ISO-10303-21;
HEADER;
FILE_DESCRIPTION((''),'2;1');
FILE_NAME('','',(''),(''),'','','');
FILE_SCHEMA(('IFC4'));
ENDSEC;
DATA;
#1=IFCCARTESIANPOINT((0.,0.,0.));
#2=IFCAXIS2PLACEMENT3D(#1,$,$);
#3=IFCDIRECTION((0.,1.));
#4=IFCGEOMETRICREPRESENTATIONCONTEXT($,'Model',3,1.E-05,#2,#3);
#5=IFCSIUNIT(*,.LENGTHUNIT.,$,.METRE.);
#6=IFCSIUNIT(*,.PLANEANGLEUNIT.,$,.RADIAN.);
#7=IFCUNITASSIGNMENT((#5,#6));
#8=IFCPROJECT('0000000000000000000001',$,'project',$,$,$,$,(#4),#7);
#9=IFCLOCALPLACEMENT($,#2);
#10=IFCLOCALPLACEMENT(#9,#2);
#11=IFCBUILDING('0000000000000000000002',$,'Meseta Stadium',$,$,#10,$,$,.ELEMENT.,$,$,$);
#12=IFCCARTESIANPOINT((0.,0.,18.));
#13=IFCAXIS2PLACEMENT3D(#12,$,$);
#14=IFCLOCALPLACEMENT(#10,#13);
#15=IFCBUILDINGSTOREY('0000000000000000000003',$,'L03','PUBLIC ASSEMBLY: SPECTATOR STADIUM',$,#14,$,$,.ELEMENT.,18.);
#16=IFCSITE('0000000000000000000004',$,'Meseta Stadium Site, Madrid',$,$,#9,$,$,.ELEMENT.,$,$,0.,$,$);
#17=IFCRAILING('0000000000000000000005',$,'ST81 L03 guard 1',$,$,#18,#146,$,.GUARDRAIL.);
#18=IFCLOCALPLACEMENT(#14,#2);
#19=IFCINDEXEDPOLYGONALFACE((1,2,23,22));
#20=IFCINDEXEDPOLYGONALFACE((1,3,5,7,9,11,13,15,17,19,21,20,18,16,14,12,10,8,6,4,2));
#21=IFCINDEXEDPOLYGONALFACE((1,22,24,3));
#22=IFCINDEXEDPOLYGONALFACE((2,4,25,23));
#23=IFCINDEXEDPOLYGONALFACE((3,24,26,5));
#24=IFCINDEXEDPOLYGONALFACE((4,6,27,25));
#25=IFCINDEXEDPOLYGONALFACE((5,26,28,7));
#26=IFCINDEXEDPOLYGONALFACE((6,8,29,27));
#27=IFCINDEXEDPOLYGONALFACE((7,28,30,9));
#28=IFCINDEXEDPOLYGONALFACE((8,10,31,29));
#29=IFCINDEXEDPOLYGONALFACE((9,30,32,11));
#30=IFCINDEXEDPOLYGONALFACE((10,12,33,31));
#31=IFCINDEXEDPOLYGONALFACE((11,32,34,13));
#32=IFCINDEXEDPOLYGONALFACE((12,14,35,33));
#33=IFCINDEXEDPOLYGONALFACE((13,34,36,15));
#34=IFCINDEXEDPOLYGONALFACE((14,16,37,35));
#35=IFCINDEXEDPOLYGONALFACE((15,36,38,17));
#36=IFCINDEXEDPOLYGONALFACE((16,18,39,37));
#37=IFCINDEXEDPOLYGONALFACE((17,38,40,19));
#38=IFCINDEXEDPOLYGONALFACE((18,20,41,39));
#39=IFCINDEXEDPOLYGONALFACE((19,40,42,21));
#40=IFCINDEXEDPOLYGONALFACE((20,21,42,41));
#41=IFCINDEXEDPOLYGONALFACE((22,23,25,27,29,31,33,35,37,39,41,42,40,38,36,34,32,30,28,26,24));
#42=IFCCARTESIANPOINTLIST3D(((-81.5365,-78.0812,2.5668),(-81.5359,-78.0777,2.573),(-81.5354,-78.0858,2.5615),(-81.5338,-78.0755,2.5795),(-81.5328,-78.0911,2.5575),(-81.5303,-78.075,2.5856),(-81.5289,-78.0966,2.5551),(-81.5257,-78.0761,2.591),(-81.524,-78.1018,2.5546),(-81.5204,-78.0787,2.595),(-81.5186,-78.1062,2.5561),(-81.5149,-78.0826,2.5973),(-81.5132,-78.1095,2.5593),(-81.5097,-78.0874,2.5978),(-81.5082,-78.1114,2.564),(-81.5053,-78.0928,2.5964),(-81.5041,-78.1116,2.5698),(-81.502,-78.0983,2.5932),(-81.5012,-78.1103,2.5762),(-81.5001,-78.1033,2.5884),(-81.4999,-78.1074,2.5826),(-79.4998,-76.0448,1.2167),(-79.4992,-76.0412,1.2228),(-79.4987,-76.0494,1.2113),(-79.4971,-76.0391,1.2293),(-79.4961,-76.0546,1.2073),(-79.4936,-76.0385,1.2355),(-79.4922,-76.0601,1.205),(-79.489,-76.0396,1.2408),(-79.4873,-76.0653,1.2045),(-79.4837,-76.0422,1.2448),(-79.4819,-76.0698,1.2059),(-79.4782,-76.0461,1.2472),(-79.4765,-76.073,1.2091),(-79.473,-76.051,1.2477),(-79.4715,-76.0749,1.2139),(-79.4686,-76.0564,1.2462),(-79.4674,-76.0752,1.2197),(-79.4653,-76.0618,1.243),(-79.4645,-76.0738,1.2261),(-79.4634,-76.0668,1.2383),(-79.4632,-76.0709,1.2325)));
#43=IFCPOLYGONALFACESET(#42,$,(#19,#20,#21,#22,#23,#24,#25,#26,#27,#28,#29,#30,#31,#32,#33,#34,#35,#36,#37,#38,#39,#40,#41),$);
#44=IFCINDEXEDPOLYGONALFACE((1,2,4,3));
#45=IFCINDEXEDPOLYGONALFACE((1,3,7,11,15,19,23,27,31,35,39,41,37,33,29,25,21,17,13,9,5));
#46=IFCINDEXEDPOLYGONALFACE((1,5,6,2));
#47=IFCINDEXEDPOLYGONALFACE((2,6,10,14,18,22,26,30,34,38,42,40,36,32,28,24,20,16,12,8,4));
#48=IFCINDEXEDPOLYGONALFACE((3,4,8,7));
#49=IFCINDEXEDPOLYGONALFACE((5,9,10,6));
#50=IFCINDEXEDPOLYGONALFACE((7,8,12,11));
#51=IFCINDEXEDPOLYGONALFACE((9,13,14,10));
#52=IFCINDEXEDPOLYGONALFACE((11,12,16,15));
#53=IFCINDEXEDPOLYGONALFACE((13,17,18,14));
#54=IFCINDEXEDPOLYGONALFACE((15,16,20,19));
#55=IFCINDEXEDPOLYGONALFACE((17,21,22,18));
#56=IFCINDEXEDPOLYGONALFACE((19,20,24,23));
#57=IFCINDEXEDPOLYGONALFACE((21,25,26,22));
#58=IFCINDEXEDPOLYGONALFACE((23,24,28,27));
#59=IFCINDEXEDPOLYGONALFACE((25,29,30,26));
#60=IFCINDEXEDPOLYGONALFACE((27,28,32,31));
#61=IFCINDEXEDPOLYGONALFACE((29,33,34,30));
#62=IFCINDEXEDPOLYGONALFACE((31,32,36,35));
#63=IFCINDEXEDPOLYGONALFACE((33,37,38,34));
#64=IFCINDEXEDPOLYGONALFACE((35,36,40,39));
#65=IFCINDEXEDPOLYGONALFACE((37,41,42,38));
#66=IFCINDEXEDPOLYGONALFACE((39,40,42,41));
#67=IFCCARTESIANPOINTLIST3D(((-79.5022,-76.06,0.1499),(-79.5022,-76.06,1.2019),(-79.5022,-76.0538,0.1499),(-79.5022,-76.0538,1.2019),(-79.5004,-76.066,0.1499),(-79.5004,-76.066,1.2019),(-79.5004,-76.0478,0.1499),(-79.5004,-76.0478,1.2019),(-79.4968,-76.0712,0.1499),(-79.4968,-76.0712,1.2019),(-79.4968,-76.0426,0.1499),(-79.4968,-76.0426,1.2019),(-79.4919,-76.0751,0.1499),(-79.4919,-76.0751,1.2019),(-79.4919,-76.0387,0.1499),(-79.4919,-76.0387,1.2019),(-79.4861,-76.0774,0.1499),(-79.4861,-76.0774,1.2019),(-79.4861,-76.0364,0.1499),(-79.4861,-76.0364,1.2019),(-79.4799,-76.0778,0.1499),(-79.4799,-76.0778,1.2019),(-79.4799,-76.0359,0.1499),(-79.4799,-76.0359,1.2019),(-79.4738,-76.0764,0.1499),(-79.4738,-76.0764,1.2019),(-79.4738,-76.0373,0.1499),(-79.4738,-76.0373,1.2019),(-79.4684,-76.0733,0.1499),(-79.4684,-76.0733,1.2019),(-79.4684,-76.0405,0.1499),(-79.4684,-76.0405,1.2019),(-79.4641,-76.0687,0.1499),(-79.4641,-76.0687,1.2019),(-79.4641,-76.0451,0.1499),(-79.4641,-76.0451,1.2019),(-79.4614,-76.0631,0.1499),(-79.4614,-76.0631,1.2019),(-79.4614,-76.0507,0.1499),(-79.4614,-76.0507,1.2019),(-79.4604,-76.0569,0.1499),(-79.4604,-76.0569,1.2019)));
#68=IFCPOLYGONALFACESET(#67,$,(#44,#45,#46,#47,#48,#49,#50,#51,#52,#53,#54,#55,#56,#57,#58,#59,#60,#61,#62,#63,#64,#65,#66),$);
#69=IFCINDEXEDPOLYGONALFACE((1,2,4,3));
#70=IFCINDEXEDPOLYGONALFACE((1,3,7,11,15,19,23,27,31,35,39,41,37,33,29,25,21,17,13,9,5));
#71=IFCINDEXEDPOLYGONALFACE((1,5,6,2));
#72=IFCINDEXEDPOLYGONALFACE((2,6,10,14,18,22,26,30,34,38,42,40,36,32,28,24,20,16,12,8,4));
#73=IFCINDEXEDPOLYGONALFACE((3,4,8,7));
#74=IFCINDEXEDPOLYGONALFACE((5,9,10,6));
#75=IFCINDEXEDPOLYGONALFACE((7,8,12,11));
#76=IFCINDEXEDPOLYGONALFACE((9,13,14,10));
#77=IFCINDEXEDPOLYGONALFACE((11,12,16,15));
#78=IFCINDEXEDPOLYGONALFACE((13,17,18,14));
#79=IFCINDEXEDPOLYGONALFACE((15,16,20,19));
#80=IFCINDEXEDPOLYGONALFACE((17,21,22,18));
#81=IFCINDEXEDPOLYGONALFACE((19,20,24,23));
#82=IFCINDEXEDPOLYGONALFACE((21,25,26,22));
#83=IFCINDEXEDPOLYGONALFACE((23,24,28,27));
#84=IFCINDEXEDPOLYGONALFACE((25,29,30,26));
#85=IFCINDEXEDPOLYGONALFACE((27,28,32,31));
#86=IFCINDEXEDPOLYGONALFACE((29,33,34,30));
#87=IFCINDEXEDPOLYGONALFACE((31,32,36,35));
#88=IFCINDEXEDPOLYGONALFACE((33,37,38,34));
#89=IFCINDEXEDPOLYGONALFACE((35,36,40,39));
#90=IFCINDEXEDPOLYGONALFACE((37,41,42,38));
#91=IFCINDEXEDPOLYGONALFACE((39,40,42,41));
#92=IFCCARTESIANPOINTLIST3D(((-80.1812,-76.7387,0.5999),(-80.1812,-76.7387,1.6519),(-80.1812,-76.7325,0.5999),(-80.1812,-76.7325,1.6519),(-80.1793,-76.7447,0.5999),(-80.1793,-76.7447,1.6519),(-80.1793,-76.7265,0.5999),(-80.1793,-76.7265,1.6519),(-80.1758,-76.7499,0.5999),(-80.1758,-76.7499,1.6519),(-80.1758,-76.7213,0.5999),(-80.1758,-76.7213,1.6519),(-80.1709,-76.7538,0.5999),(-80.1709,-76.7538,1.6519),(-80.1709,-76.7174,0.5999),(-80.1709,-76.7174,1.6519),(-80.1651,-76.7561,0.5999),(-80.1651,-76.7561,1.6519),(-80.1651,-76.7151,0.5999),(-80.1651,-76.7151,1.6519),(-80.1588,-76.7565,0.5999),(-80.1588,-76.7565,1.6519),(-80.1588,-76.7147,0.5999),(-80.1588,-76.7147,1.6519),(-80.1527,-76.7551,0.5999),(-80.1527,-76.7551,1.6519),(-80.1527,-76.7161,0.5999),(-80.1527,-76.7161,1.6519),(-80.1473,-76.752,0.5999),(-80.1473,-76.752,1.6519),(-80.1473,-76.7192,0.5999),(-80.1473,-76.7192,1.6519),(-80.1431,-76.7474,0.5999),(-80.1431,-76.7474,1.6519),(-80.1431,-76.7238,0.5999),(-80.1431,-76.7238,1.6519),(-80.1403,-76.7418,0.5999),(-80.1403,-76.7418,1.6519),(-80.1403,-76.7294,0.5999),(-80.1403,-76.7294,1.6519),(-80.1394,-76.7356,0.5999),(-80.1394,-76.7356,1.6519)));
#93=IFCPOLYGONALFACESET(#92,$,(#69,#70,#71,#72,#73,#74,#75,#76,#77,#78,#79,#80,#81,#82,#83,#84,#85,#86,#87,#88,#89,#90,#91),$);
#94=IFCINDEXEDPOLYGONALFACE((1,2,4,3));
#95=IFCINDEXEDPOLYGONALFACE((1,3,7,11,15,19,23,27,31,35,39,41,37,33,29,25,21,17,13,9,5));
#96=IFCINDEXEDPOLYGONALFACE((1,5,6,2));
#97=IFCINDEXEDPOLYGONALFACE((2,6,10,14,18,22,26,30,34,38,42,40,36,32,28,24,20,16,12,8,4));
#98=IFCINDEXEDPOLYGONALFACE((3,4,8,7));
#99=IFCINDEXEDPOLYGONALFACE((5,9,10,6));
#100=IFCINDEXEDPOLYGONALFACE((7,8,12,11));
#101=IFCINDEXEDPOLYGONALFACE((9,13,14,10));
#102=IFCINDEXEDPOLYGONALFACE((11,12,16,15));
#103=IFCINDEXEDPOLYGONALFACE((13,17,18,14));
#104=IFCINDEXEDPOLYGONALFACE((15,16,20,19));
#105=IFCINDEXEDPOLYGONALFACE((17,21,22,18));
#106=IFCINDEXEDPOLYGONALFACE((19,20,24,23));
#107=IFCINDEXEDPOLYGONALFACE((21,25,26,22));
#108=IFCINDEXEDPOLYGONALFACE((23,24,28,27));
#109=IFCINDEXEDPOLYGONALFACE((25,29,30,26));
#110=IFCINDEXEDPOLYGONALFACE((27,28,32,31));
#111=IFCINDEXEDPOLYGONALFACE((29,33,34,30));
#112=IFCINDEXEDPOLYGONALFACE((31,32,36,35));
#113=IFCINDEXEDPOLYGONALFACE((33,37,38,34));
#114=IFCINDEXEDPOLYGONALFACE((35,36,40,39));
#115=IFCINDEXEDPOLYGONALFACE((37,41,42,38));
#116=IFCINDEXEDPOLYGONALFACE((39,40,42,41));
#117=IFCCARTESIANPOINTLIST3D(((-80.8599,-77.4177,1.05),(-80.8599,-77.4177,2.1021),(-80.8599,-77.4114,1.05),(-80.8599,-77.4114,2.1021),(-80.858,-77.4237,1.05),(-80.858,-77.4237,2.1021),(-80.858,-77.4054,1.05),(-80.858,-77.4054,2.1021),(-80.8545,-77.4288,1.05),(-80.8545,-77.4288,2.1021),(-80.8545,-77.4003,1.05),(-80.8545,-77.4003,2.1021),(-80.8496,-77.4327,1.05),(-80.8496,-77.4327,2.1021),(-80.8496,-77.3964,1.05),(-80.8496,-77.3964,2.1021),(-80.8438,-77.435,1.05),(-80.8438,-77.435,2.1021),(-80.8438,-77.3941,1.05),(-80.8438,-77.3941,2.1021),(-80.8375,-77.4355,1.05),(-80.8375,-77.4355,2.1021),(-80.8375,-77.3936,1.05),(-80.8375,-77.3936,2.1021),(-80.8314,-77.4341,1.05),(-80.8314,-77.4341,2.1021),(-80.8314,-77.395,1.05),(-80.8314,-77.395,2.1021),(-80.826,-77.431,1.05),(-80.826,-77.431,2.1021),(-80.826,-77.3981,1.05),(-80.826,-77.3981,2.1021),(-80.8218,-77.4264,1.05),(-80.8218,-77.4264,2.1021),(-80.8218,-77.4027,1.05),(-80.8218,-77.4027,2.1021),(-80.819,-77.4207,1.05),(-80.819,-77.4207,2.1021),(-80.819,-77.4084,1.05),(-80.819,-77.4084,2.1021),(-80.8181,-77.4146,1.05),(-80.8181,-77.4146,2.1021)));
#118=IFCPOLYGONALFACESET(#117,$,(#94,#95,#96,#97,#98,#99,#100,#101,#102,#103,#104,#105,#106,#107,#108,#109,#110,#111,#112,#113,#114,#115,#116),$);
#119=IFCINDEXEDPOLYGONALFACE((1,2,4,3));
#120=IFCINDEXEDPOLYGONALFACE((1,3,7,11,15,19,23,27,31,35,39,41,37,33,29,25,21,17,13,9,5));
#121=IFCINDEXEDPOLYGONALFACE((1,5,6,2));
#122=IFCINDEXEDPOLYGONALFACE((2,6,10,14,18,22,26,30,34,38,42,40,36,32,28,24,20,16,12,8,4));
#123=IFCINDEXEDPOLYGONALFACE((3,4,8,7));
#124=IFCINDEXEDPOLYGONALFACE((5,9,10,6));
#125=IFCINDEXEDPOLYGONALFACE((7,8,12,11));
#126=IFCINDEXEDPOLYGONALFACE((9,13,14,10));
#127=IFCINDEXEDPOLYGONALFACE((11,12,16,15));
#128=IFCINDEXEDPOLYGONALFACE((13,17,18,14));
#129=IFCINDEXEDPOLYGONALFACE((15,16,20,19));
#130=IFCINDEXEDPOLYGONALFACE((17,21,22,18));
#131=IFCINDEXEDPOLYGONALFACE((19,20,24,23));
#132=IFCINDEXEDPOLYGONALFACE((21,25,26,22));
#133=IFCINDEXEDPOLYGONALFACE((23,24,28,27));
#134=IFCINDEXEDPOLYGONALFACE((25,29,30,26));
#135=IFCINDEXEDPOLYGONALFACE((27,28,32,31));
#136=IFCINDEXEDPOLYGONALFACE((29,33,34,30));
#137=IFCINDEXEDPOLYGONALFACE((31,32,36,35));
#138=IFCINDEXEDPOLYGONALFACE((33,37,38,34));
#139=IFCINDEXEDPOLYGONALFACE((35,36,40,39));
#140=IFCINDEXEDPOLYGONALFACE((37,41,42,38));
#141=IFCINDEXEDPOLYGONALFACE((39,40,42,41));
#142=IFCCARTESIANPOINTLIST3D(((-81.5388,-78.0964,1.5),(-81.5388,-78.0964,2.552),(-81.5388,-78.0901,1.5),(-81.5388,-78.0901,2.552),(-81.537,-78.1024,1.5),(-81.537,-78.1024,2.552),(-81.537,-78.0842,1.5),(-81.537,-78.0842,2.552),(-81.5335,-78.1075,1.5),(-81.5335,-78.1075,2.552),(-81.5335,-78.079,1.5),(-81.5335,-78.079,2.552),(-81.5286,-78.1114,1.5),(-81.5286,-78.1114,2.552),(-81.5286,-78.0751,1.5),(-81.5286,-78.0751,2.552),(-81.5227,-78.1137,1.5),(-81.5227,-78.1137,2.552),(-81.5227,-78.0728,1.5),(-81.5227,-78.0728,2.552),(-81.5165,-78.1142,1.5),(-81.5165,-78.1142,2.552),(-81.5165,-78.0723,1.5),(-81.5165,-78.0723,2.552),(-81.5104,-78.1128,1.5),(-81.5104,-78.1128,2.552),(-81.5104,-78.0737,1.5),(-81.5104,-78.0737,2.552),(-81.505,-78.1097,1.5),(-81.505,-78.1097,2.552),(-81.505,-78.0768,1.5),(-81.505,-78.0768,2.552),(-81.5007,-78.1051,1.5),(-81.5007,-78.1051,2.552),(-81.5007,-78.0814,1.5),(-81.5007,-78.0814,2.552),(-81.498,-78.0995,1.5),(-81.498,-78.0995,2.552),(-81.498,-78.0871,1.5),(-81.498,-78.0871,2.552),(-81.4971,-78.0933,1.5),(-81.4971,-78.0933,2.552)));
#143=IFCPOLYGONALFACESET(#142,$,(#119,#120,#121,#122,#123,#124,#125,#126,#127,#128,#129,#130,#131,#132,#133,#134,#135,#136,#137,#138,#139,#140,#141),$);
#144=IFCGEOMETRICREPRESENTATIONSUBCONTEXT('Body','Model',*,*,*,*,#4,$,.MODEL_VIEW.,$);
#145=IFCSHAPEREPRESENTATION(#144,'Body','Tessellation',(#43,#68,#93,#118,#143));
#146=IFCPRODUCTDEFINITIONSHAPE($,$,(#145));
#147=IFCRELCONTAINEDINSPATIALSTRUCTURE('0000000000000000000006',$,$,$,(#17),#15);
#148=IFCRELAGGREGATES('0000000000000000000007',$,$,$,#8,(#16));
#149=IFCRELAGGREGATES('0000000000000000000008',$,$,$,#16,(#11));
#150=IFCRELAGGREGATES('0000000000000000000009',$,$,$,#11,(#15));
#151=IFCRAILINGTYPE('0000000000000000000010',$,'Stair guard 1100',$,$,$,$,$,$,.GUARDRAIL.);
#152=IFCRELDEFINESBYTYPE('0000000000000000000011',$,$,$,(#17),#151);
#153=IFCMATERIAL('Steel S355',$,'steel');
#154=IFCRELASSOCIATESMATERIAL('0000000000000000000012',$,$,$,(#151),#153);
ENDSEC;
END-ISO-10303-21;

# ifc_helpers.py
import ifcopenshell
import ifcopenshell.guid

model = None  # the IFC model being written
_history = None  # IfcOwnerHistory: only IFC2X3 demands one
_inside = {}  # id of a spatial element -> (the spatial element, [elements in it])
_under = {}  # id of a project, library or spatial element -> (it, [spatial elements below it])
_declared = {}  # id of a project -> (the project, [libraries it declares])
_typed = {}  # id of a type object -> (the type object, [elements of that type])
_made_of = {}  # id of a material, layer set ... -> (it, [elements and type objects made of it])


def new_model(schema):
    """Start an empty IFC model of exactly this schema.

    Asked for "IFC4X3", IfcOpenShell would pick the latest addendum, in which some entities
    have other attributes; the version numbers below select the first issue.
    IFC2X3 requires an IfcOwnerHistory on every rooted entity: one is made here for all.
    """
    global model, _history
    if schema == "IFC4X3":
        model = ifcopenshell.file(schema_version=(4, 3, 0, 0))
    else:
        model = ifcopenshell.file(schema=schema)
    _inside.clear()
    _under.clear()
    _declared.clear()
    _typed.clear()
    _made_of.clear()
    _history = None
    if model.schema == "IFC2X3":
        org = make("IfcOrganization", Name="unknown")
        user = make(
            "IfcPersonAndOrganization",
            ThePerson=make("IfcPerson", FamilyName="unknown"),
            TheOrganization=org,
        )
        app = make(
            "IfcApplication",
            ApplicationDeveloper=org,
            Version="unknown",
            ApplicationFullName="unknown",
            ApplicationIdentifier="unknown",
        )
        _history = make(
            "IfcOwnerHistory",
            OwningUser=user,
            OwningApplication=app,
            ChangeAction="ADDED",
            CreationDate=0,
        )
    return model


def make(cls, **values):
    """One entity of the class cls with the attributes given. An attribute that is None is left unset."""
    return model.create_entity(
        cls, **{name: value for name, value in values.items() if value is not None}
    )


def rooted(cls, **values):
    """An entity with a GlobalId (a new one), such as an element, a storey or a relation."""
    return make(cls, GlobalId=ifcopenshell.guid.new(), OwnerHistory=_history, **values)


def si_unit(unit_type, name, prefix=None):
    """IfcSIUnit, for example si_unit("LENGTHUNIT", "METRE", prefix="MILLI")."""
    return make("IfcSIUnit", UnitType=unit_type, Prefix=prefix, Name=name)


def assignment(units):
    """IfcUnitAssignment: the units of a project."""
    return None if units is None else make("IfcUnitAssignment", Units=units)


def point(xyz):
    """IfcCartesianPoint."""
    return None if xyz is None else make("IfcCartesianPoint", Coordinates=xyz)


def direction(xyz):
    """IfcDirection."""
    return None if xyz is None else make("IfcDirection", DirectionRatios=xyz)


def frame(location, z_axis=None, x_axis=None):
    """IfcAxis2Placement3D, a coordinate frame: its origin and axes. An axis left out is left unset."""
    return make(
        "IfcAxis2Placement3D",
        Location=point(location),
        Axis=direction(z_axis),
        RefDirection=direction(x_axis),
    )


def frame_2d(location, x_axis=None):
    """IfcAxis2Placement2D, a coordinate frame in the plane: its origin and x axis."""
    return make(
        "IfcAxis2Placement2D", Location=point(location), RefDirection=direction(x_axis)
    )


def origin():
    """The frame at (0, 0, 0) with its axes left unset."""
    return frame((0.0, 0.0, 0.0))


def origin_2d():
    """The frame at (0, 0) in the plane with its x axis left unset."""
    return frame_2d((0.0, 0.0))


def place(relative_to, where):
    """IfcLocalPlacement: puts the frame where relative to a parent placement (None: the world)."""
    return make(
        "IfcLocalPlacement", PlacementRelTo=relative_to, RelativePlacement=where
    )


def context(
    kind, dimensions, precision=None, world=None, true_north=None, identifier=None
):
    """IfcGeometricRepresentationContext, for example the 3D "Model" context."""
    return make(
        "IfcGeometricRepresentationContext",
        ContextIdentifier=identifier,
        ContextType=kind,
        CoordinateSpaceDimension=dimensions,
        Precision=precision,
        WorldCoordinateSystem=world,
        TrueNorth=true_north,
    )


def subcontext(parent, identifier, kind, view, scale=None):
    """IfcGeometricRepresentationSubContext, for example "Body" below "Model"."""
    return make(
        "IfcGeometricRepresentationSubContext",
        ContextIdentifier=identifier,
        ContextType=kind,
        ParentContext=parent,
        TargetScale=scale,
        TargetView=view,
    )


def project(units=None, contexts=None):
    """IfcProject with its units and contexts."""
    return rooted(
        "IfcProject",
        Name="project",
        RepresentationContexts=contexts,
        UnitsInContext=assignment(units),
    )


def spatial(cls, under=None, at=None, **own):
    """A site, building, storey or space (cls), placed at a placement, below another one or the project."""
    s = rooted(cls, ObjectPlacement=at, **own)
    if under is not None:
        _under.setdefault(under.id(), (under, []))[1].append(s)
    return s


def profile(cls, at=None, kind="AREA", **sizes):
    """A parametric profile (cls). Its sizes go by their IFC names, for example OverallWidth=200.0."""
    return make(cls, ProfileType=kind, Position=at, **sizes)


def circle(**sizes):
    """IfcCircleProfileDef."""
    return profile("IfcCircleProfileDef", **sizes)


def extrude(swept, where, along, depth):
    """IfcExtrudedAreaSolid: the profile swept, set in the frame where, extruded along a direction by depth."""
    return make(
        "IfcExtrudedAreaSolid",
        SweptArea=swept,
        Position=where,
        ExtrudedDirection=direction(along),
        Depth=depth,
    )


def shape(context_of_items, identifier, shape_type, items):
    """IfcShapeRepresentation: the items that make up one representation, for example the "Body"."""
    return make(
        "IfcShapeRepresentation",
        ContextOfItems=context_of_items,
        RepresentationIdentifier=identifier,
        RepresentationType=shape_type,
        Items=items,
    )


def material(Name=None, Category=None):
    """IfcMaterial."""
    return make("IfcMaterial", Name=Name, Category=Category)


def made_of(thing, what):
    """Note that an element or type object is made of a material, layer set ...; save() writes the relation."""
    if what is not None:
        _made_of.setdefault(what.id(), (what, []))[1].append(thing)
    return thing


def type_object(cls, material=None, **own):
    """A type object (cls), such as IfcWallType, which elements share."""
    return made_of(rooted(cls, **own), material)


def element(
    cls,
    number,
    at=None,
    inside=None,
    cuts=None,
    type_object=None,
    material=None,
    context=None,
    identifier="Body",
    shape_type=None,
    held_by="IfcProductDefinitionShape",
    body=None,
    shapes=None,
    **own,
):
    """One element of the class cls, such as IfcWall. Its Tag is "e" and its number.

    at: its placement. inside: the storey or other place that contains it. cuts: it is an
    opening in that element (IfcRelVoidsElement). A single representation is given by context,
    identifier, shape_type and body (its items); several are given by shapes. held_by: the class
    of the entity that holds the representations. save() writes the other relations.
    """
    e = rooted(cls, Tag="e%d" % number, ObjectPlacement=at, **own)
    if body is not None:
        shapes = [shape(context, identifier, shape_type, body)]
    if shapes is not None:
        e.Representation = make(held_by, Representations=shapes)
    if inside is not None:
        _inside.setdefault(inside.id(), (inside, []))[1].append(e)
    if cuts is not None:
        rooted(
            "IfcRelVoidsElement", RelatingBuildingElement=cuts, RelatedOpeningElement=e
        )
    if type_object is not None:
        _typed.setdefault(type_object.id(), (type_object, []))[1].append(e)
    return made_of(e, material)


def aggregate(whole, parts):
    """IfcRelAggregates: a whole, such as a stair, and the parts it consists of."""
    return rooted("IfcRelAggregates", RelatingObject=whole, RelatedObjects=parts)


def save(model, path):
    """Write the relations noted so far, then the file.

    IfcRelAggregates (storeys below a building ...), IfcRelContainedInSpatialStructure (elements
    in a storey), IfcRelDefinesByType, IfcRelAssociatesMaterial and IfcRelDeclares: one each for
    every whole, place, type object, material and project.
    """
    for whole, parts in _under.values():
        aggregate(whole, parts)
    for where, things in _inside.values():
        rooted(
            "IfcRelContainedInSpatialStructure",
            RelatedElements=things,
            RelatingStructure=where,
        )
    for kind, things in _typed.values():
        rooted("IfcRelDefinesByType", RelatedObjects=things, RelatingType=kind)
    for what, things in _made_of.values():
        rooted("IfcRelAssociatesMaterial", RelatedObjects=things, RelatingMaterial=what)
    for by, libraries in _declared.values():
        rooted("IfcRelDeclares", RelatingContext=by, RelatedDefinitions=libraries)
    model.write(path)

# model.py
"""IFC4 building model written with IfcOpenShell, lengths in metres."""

from ifc_helpers import new_model, si_unit, direction, frame, origin, origin_2d, place, context, subcontext, project, spatial, circle, extrude, material, type_object, element, save


model = new_model("IFC4")

# Units and contexts
model_context = context("Model", 3, precision=1e-05, world=origin(), true_north=direction((0.0, 1.0)))
body_context = subcontext(model_context, "Body", "Model", "MODEL_VIEW")
ifc_project = project(units=[si_unit("LENGTHUNIT", "METRE"), si_unit("PLANEANGLEUNIT", "RADIAN")], contexts=[model_context])

# Site, building, storey
site_placement = place(None, origin())
site = spatial("IfcSite", under=ifc_project, at=site_placement, Name="Meseta Stadium Site, Madrid", CompositionType="ELEMENT", RefElevation=0.0)
building_placement = place(site_placement, origin())
building = spatial("IfcBuilding", under=site, at=building_placement, Name="Meseta Stadium", CompositionType="ELEMENT")
storey_placement = place(building_placement, frame((0.0, 0.0, 18.0)))
storey = spatial("IfcBuildingStorey", under=building, at=storey_placement, Name="L03", Description="PUBLIC ASSEMBLY: SPECTATOR STADIUM", CompositionType="ELEMENT", Elevation=18.0)

# Railing
ifc_material_1 = material(Name="Steel S355", Category="steel")
railing_type_1 = type_object("IfcRailingType", Name="Stair guard 1100", PredefinedType="GUARDRAIL", material=ifc_material_1)
railing_1_placement = place(storey_placement, frame((-79.4814, -76.0569, 0.1499)))
element("IfcRailing", 1, at=railing_1_placement, inside=storey, type_object=railing_type_1, Name="ST81 L03 guard 1", PredefinedType="GUARDRAIL", context=body_context, shape_type="SweptSolid", body=[
    extrude(circle(Radius=0.0239, at=origin_2d()), frame((0.0, 0.0, 1.0762), z_axis=(-0.640288, -0.640211, 0.424454), x_axis=(0.707064, -0.707149, 0.0)), (0.0, 0.0, 1.0), 3.1809),
    extrude(circle(Radius=0.021, at=origin_2d()), origin(), (0.0, 0.0, 1.0), 1.052),
    extrude(circle(Radius=0.021, at=origin_2d()), frame((-0.679, -0.6787, 0.45)), (0.0, 0.0, 1.0), 1.052),
    extrude(circle(Radius=0.021, at=origin_2d()), frame((-1.3577, -1.3577, 0.9001)), (0.0, 0.0, 1.0), 1.052),
    extrude(circle(Radius=0.021, at=origin_2d()), frame((-2.0366, -2.0364, 1.3501)), (0.0, 0.0, 1.0), 1.052),
])

save(model, "model.ifc")
